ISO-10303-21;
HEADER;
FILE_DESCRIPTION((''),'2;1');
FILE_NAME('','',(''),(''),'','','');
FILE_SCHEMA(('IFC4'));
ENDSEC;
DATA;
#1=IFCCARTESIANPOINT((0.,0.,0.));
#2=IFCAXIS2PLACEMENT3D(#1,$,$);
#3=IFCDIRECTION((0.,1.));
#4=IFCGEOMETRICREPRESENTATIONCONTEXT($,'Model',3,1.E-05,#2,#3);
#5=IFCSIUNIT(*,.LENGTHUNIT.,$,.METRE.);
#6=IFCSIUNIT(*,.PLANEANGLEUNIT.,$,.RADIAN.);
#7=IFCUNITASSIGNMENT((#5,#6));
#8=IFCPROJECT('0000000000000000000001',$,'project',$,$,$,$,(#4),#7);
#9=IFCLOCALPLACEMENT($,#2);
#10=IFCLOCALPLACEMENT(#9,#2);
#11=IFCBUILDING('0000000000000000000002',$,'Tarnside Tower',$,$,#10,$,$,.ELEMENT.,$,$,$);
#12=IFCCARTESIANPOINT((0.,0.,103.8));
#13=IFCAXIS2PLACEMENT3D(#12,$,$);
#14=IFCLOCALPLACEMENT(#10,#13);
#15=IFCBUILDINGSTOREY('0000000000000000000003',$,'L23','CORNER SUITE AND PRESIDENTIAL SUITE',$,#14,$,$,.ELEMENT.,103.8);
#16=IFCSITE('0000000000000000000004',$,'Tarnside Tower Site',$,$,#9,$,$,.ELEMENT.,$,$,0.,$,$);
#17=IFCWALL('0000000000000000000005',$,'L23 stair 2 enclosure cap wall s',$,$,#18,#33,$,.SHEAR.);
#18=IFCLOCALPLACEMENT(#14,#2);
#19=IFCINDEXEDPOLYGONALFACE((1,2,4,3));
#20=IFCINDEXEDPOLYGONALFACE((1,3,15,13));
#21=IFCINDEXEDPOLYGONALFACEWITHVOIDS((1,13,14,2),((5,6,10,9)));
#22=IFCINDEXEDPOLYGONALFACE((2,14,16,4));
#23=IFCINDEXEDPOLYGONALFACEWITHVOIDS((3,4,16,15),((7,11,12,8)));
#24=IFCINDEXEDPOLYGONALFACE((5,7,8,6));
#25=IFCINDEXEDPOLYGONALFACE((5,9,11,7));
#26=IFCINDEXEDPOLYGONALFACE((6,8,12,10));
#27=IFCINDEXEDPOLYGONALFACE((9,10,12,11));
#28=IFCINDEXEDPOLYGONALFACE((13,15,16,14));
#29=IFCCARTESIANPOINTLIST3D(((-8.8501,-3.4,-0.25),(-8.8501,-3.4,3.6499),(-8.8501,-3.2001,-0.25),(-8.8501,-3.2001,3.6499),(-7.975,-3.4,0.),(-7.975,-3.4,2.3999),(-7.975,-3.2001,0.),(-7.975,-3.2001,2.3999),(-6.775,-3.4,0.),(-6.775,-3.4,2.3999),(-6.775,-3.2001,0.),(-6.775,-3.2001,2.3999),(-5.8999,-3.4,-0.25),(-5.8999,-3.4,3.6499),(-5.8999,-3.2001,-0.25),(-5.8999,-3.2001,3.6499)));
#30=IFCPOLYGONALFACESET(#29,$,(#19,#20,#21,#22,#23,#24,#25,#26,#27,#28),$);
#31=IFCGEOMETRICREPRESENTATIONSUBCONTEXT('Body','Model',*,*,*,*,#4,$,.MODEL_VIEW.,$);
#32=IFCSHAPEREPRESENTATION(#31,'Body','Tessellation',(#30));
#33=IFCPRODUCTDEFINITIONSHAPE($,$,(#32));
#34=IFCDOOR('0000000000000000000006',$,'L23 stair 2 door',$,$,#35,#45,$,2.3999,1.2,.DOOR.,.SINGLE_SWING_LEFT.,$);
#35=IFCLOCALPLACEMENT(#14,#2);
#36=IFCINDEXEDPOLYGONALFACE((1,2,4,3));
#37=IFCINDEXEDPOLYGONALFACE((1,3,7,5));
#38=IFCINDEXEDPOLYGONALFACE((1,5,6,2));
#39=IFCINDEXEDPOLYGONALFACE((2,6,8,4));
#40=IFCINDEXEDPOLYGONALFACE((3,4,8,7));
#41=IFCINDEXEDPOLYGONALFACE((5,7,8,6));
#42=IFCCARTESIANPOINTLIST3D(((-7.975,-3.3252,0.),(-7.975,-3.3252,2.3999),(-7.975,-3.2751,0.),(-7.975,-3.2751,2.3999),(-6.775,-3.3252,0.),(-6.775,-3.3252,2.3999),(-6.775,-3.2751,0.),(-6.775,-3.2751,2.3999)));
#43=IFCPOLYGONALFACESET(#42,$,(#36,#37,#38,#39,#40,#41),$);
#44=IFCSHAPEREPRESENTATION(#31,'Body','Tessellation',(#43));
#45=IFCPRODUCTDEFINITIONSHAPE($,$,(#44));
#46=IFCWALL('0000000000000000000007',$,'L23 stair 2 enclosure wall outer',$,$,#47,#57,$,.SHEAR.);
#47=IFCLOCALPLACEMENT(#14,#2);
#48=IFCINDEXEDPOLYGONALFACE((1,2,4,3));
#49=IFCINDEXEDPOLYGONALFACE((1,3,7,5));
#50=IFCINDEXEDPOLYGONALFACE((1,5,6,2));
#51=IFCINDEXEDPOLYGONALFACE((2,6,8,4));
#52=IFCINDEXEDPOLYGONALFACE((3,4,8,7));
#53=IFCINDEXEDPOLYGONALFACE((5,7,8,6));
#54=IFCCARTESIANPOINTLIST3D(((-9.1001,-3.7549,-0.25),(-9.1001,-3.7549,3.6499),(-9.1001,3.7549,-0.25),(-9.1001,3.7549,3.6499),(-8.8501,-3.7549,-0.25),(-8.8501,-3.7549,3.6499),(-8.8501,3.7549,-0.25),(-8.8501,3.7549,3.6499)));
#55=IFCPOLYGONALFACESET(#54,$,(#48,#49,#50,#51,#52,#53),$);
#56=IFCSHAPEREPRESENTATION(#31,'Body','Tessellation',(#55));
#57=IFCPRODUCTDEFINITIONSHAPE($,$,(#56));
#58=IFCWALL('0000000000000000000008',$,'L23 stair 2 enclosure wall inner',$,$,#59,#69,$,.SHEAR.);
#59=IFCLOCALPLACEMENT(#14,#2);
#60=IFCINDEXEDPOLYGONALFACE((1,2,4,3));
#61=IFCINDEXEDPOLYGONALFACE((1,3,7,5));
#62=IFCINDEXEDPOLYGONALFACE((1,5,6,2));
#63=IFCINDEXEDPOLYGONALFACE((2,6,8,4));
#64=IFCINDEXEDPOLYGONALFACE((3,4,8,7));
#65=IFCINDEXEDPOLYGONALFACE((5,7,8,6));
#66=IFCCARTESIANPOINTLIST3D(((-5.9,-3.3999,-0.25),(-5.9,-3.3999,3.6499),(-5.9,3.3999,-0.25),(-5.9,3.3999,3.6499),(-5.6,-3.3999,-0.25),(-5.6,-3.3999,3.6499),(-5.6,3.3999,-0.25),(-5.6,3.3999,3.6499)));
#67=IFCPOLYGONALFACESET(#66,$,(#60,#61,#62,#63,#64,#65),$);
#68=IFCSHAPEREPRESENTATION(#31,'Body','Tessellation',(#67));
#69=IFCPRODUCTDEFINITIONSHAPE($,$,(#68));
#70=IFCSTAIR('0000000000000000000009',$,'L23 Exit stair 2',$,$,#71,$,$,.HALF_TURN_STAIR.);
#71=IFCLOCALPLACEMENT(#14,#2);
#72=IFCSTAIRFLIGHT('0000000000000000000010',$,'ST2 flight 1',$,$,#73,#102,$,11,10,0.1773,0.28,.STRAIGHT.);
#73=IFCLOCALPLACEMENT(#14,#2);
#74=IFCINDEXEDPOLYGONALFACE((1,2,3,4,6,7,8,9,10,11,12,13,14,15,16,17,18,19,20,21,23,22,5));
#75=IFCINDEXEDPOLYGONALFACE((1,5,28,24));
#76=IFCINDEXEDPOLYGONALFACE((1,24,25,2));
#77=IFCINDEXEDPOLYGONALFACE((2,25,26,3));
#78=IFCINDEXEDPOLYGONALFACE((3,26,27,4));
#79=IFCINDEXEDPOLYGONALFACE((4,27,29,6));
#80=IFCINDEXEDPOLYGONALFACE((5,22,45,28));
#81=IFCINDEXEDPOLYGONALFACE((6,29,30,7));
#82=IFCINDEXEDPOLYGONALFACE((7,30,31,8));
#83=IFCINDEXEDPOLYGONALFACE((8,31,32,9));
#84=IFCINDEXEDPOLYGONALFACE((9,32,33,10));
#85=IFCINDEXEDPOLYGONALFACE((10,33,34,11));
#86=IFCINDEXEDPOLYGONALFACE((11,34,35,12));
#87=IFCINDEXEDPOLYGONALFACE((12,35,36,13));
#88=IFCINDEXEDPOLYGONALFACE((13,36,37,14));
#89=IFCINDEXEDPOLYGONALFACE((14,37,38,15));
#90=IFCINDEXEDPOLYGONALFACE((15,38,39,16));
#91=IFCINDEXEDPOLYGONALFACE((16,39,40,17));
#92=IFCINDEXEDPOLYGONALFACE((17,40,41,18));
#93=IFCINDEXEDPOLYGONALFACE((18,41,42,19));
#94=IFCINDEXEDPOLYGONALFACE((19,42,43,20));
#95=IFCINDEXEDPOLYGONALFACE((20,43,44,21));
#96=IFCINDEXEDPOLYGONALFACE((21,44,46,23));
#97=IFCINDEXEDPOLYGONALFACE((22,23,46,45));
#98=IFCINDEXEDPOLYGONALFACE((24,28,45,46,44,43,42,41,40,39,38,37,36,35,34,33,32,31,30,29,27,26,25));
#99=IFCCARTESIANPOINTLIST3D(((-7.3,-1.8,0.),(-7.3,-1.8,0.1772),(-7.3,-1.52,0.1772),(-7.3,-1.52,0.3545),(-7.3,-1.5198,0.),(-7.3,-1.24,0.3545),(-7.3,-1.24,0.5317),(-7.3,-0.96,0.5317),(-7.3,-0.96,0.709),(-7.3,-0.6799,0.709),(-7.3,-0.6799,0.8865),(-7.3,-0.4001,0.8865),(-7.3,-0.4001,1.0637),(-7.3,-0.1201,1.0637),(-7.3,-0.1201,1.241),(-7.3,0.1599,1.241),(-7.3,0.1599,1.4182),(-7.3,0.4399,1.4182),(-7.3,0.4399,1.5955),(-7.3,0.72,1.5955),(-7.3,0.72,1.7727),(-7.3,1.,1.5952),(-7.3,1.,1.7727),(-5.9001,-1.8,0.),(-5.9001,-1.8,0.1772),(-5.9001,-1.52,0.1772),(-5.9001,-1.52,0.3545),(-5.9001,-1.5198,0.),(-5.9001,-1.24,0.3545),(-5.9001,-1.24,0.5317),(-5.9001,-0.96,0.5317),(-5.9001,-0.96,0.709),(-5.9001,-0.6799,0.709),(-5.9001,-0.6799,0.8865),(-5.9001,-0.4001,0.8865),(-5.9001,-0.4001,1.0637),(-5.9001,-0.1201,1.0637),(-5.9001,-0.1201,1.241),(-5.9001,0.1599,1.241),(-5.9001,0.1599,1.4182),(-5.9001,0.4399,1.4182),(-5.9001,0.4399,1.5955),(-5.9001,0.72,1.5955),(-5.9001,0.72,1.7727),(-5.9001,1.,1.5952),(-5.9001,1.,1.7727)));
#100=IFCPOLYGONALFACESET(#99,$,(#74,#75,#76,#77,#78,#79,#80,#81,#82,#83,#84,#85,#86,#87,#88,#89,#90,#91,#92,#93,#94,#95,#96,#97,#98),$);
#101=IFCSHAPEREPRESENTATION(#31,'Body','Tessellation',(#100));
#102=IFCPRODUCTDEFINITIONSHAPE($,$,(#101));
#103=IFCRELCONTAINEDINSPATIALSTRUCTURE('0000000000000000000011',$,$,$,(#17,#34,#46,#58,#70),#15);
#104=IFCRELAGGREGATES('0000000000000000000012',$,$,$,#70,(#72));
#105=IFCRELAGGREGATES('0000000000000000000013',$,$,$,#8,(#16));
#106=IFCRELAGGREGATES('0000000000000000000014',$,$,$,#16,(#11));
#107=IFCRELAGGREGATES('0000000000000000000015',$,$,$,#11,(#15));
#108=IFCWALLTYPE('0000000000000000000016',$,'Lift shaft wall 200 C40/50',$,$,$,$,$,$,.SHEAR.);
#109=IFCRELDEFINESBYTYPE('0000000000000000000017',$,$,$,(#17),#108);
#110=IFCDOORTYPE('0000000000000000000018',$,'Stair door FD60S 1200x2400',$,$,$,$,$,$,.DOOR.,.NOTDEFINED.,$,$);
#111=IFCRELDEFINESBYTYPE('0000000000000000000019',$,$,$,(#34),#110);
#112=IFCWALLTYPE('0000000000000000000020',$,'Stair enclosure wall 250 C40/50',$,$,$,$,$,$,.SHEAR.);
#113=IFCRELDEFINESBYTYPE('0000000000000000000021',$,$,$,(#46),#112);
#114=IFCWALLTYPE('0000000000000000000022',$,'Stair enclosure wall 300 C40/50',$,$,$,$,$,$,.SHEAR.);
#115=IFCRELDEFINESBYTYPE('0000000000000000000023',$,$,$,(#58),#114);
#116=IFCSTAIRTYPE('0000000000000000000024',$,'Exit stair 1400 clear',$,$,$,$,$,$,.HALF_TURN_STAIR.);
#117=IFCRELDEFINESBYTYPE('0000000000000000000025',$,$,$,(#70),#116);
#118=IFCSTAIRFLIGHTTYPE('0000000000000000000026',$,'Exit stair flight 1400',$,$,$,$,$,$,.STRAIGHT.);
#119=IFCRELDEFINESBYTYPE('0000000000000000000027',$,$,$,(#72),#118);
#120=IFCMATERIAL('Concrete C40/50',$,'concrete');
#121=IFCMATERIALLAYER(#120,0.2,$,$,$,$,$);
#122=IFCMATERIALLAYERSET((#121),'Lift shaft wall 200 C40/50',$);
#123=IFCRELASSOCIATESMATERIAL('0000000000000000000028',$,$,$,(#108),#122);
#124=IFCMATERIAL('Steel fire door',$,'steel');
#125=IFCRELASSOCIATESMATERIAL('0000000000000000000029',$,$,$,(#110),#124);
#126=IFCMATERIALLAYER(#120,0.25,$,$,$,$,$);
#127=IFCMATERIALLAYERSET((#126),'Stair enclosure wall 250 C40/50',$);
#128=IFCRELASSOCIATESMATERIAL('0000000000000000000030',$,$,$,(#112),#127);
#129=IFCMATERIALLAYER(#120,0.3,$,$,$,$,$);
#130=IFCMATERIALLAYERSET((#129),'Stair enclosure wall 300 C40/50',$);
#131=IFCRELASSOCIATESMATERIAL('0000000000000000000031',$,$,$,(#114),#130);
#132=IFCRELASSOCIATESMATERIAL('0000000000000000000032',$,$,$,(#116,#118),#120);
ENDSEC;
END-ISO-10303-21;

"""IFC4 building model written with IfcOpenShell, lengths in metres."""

from ifc_helpers import new_model, si_unit, direction, frame, frame_2d, origin, place, context, subcontext, project, spatial, polyline, rectangle, outline, extrude, material, layer, layer_set, type_object, element, fill, aggregate, save


model = new_model("IFC4")

# Units and contexts
model_context = context("Model", 3, precision=1e-05, world=origin(), true_north=direction((0.0, 1.0)))
body_context = subcontext(model_context, "Body", "Model", "MODEL_VIEW")
ifc_project = project(units=[si_unit("LENGTHUNIT", "METRE"), si_unit("PLANEANGLEUNIT", "RADIAN")], contexts=[model_context])

# Site, building, storey
site_placement = place(None, origin())
site = spatial("IfcSite", under=ifc_project, at=site_placement, Name="Tarnside Tower Site", CompositionType="ELEMENT", RefElevation=0.0)
building_placement = place(site_placement, origin())
building = spatial("IfcBuilding", under=site, at=building_placement, Name="Tarnside Tower", CompositionType="ELEMENT")
storey_placement = place(building_placement, frame((0.0, 0.0, 103.8)))
storey = spatial("IfcBuildingStorey", under=building, at=storey_placement, Name="L23", Description="CORNER SUITE AND PRESIDENTIAL SUITE", CompositionType="ELEMENT", Elevation=103.8)

# Shared definitions
ifc_material_1 = material(Name="Concrete C40/50", Category="concrete")

# Shared definitions
ifc_material_2 = material(Name="Steel fire door", Category="steel")

# Shared definitions
ifc_layer_1 = layer(ifc_material_1, 0.2)
ifc_layer_set_1 = layer_set([ifc_layer_1], Name="Lift shaft wall 200 C40/50")
wall_type_1 = type_object("IfcWallType", Name="Lift shaft wall 200 C40/50", PredefinedType="SHEAR", material=ifc_layer_set_1)

# Wall, opening, door
wall_1_placement = place(storey_placement, frame((-8.8501, -3.3, -0.25), z_axis=(0.0, 0.0, 1.0), x_axis=(1.0, 0.0, 0.0)))
wall_1 = element("IfcWall", 1, at=wall_1_placement, inside=storey, type_object=wall_type_1, Name="L23 stair 2 enclosure cap wall s", PredefinedType="SHEAR", context=body_context, shape_type="SweptSolid", body=[
    extrude(rectangle(XDim=2.9502, YDim=0.2, at=frame_2d((1.4751, 0.0))), origin(), (0.0, 0.0, 1.0), 3.8999),
])
opening_1_placement = place(wall_1_placement, frame((0.875, 0.0, 0.25)))
opening_1 = element("IfcOpeningElement", 2, at=opening_1_placement, cuts=wall_1, PredefinedType="OPENING", context=body_context, shape_type="SweptSolid", body=[
    extrude(rectangle(XDim=1.2, YDim=2.3999, at=frame_2d((0.6001, 1.2))), frame((0.0, 0.1099, 0.0), z_axis=(0.0, -1.0, 0.0), x_axis=(1.0, 0.0, 0.0)), (0.0, 0.0, 1.0), 0.22),
])
door_type_1 = type_object("IfcDoorType", Name="Stair door FD60S 1200x2400", OperationType="NOTDEFINED", PredefinedType="DOOR", material=ifc_material_2)
door_1_placement = place(opening_1_placement, origin())
door_1 = element("IfcDoor", 3, at=door_1_placement, inside=storey, type_object=door_type_1, Name="L23 stair 2 door", OperationType="SINGLE_SWING_LEFT", OverallHeight=2.3999, OverallWidth=1.2, PredefinedType="DOOR", context=body_context, shape_type="SweptSolid", body=[
    extrude(rectangle(XDim=1.2, YDim=2.3999, at=frame_2d((0.6001, 1.2))), frame((0.0, 0.0249, 0.0), z_axis=(0.0, -1.0, 0.0), x_axis=(1.0, 0.0, 0.0)), (0.0, 0.0, 1.0), 0.05),
])
fill(opening_1, door_1)

# Walls
ifc_layer_2 = layer(ifc_material_1, 0.25)
ifc_layer_set_2 = layer_set([ifc_layer_2], Name="Stair enclosure wall 250 C40/50")
wall_type_2 = type_object("IfcWallType", Name="Stair enclosure wall 250 C40/50", PredefinedType="SHEAR", material=ifc_layer_set_2)
wall_2_placement = place(storey_placement, frame((-8.9751, -3.7549, -0.25), z_axis=(0.0, 0.0, 1.0), x_axis=(0.0, 1.0, 0.0)))
element("IfcWall", 4, at=wall_2_placement, inside=storey, type_object=wall_type_2, Name="L23 stair 2 enclosure wall outer", PredefinedType="SHEAR", context=body_context, shape_type="SweptSolid", body=[
    extrude(rectangle(XDim=7.5098, YDim=0.25, at=frame_2d((3.7549, 0.0))), origin(), (0.0, 0.0, 1.0), 3.8999),
])
ifc_layer_3 = layer(ifc_material_1, 0.3)
ifc_layer_set_3 = layer_set([ifc_layer_3], Name="Stair enclosure wall 300 C40/50")
wall_type_3 = type_object("IfcWallType", Name="Stair enclosure wall 300 C40/50", PredefinedType="SHEAR", material=ifc_layer_set_3)
wall_3_placement = place(storey_placement, frame((-5.75, -3.3999, -0.25), z_axis=(0.0, 0.0, 1.0), x_axis=(0.0, 1.0, 0.0)))
element("IfcWall", 5, at=wall_3_placement, inside=storey, type_object=wall_type_3, Name="L23 stair 2 enclosure wall inner", PredefinedType="SHEAR", context=body_context, shape_type="SweptSolid", body=[
    extrude(rectangle(XDim=6.7998, YDim=0.3, at=frame_2d((3.3999, 0.0))), origin(), (0.0, 0.0, 1.0), 3.8999),
])

# Stair, stair flight
stair_type = type_object("IfcStairType", Name="Exit stair 1400 clear", PredefinedType="HALF_TURN_STAIR", material=ifc_material_1)
stair_placement = place(storey_placement, origin())
stair = element("IfcStair", 6, at=stair_placement, inside=storey, type_object=stair_type, Name="L23 Exit stair 2", PredefinedType="HALF_TURN_STAIR")
stair_flight_type = type_object("IfcStairFlightType", Name="Exit stair flight 1400", PredefinedType="STRAIGHT", material=ifc_material_1)
stair_flight_placement = place(storey_placement, frame((-6.6001, -1.8, 0.0), z_axis=(0.0, 0.0, 1.0), x_axis=(0.0, 1.0, 0.0)))
stair_flight = element("IfcStairFlight", 7, at=stair_flight_placement, type_object=stair_flight_type, Name="ST2 flight 1", NumberOfRisers=11, NumberOfTreads=10, PredefinedType="STRAIGHT", RiserHeight=0.1773, TreadLength=0.28, context=body_context, shape_type="SweptSolid", body=[
    extrude(outline(polyline([(0.0, 0.0), (0.0, 0.1772), (0.28, 0.1772), (0.28, 0.3545), (0.5601, 0.3545), (0.5601, 0.5317), (0.8401, 0.5317), (0.8401, 0.709), (1.1201, 0.709), (1.1201, 0.8865), (1.3999, 0.8865), (1.3999, 1.0637), (1.6799, 1.0637), (1.6799, 1.241), (1.96, 1.241), (1.96, 1.4182), (2.24, 1.4182), (2.24, 1.5955), (2.52, 1.5955), (2.52, 1.7727), (2.8, 1.7727), (2.8, 1.95), (2.8, 1.5952), (0.2803, 0.0), (0.0, 0.0)])), frame((0.0, 0.7, 0.0), z_axis=(0.0, -1.0, 0.0), x_axis=(1.0, 0.0, 0.0)), (0.0, 0.0, 1.0), 1.3999),
])
aggregate(stair, [stair_flight])

save(model, "model.ifc")
